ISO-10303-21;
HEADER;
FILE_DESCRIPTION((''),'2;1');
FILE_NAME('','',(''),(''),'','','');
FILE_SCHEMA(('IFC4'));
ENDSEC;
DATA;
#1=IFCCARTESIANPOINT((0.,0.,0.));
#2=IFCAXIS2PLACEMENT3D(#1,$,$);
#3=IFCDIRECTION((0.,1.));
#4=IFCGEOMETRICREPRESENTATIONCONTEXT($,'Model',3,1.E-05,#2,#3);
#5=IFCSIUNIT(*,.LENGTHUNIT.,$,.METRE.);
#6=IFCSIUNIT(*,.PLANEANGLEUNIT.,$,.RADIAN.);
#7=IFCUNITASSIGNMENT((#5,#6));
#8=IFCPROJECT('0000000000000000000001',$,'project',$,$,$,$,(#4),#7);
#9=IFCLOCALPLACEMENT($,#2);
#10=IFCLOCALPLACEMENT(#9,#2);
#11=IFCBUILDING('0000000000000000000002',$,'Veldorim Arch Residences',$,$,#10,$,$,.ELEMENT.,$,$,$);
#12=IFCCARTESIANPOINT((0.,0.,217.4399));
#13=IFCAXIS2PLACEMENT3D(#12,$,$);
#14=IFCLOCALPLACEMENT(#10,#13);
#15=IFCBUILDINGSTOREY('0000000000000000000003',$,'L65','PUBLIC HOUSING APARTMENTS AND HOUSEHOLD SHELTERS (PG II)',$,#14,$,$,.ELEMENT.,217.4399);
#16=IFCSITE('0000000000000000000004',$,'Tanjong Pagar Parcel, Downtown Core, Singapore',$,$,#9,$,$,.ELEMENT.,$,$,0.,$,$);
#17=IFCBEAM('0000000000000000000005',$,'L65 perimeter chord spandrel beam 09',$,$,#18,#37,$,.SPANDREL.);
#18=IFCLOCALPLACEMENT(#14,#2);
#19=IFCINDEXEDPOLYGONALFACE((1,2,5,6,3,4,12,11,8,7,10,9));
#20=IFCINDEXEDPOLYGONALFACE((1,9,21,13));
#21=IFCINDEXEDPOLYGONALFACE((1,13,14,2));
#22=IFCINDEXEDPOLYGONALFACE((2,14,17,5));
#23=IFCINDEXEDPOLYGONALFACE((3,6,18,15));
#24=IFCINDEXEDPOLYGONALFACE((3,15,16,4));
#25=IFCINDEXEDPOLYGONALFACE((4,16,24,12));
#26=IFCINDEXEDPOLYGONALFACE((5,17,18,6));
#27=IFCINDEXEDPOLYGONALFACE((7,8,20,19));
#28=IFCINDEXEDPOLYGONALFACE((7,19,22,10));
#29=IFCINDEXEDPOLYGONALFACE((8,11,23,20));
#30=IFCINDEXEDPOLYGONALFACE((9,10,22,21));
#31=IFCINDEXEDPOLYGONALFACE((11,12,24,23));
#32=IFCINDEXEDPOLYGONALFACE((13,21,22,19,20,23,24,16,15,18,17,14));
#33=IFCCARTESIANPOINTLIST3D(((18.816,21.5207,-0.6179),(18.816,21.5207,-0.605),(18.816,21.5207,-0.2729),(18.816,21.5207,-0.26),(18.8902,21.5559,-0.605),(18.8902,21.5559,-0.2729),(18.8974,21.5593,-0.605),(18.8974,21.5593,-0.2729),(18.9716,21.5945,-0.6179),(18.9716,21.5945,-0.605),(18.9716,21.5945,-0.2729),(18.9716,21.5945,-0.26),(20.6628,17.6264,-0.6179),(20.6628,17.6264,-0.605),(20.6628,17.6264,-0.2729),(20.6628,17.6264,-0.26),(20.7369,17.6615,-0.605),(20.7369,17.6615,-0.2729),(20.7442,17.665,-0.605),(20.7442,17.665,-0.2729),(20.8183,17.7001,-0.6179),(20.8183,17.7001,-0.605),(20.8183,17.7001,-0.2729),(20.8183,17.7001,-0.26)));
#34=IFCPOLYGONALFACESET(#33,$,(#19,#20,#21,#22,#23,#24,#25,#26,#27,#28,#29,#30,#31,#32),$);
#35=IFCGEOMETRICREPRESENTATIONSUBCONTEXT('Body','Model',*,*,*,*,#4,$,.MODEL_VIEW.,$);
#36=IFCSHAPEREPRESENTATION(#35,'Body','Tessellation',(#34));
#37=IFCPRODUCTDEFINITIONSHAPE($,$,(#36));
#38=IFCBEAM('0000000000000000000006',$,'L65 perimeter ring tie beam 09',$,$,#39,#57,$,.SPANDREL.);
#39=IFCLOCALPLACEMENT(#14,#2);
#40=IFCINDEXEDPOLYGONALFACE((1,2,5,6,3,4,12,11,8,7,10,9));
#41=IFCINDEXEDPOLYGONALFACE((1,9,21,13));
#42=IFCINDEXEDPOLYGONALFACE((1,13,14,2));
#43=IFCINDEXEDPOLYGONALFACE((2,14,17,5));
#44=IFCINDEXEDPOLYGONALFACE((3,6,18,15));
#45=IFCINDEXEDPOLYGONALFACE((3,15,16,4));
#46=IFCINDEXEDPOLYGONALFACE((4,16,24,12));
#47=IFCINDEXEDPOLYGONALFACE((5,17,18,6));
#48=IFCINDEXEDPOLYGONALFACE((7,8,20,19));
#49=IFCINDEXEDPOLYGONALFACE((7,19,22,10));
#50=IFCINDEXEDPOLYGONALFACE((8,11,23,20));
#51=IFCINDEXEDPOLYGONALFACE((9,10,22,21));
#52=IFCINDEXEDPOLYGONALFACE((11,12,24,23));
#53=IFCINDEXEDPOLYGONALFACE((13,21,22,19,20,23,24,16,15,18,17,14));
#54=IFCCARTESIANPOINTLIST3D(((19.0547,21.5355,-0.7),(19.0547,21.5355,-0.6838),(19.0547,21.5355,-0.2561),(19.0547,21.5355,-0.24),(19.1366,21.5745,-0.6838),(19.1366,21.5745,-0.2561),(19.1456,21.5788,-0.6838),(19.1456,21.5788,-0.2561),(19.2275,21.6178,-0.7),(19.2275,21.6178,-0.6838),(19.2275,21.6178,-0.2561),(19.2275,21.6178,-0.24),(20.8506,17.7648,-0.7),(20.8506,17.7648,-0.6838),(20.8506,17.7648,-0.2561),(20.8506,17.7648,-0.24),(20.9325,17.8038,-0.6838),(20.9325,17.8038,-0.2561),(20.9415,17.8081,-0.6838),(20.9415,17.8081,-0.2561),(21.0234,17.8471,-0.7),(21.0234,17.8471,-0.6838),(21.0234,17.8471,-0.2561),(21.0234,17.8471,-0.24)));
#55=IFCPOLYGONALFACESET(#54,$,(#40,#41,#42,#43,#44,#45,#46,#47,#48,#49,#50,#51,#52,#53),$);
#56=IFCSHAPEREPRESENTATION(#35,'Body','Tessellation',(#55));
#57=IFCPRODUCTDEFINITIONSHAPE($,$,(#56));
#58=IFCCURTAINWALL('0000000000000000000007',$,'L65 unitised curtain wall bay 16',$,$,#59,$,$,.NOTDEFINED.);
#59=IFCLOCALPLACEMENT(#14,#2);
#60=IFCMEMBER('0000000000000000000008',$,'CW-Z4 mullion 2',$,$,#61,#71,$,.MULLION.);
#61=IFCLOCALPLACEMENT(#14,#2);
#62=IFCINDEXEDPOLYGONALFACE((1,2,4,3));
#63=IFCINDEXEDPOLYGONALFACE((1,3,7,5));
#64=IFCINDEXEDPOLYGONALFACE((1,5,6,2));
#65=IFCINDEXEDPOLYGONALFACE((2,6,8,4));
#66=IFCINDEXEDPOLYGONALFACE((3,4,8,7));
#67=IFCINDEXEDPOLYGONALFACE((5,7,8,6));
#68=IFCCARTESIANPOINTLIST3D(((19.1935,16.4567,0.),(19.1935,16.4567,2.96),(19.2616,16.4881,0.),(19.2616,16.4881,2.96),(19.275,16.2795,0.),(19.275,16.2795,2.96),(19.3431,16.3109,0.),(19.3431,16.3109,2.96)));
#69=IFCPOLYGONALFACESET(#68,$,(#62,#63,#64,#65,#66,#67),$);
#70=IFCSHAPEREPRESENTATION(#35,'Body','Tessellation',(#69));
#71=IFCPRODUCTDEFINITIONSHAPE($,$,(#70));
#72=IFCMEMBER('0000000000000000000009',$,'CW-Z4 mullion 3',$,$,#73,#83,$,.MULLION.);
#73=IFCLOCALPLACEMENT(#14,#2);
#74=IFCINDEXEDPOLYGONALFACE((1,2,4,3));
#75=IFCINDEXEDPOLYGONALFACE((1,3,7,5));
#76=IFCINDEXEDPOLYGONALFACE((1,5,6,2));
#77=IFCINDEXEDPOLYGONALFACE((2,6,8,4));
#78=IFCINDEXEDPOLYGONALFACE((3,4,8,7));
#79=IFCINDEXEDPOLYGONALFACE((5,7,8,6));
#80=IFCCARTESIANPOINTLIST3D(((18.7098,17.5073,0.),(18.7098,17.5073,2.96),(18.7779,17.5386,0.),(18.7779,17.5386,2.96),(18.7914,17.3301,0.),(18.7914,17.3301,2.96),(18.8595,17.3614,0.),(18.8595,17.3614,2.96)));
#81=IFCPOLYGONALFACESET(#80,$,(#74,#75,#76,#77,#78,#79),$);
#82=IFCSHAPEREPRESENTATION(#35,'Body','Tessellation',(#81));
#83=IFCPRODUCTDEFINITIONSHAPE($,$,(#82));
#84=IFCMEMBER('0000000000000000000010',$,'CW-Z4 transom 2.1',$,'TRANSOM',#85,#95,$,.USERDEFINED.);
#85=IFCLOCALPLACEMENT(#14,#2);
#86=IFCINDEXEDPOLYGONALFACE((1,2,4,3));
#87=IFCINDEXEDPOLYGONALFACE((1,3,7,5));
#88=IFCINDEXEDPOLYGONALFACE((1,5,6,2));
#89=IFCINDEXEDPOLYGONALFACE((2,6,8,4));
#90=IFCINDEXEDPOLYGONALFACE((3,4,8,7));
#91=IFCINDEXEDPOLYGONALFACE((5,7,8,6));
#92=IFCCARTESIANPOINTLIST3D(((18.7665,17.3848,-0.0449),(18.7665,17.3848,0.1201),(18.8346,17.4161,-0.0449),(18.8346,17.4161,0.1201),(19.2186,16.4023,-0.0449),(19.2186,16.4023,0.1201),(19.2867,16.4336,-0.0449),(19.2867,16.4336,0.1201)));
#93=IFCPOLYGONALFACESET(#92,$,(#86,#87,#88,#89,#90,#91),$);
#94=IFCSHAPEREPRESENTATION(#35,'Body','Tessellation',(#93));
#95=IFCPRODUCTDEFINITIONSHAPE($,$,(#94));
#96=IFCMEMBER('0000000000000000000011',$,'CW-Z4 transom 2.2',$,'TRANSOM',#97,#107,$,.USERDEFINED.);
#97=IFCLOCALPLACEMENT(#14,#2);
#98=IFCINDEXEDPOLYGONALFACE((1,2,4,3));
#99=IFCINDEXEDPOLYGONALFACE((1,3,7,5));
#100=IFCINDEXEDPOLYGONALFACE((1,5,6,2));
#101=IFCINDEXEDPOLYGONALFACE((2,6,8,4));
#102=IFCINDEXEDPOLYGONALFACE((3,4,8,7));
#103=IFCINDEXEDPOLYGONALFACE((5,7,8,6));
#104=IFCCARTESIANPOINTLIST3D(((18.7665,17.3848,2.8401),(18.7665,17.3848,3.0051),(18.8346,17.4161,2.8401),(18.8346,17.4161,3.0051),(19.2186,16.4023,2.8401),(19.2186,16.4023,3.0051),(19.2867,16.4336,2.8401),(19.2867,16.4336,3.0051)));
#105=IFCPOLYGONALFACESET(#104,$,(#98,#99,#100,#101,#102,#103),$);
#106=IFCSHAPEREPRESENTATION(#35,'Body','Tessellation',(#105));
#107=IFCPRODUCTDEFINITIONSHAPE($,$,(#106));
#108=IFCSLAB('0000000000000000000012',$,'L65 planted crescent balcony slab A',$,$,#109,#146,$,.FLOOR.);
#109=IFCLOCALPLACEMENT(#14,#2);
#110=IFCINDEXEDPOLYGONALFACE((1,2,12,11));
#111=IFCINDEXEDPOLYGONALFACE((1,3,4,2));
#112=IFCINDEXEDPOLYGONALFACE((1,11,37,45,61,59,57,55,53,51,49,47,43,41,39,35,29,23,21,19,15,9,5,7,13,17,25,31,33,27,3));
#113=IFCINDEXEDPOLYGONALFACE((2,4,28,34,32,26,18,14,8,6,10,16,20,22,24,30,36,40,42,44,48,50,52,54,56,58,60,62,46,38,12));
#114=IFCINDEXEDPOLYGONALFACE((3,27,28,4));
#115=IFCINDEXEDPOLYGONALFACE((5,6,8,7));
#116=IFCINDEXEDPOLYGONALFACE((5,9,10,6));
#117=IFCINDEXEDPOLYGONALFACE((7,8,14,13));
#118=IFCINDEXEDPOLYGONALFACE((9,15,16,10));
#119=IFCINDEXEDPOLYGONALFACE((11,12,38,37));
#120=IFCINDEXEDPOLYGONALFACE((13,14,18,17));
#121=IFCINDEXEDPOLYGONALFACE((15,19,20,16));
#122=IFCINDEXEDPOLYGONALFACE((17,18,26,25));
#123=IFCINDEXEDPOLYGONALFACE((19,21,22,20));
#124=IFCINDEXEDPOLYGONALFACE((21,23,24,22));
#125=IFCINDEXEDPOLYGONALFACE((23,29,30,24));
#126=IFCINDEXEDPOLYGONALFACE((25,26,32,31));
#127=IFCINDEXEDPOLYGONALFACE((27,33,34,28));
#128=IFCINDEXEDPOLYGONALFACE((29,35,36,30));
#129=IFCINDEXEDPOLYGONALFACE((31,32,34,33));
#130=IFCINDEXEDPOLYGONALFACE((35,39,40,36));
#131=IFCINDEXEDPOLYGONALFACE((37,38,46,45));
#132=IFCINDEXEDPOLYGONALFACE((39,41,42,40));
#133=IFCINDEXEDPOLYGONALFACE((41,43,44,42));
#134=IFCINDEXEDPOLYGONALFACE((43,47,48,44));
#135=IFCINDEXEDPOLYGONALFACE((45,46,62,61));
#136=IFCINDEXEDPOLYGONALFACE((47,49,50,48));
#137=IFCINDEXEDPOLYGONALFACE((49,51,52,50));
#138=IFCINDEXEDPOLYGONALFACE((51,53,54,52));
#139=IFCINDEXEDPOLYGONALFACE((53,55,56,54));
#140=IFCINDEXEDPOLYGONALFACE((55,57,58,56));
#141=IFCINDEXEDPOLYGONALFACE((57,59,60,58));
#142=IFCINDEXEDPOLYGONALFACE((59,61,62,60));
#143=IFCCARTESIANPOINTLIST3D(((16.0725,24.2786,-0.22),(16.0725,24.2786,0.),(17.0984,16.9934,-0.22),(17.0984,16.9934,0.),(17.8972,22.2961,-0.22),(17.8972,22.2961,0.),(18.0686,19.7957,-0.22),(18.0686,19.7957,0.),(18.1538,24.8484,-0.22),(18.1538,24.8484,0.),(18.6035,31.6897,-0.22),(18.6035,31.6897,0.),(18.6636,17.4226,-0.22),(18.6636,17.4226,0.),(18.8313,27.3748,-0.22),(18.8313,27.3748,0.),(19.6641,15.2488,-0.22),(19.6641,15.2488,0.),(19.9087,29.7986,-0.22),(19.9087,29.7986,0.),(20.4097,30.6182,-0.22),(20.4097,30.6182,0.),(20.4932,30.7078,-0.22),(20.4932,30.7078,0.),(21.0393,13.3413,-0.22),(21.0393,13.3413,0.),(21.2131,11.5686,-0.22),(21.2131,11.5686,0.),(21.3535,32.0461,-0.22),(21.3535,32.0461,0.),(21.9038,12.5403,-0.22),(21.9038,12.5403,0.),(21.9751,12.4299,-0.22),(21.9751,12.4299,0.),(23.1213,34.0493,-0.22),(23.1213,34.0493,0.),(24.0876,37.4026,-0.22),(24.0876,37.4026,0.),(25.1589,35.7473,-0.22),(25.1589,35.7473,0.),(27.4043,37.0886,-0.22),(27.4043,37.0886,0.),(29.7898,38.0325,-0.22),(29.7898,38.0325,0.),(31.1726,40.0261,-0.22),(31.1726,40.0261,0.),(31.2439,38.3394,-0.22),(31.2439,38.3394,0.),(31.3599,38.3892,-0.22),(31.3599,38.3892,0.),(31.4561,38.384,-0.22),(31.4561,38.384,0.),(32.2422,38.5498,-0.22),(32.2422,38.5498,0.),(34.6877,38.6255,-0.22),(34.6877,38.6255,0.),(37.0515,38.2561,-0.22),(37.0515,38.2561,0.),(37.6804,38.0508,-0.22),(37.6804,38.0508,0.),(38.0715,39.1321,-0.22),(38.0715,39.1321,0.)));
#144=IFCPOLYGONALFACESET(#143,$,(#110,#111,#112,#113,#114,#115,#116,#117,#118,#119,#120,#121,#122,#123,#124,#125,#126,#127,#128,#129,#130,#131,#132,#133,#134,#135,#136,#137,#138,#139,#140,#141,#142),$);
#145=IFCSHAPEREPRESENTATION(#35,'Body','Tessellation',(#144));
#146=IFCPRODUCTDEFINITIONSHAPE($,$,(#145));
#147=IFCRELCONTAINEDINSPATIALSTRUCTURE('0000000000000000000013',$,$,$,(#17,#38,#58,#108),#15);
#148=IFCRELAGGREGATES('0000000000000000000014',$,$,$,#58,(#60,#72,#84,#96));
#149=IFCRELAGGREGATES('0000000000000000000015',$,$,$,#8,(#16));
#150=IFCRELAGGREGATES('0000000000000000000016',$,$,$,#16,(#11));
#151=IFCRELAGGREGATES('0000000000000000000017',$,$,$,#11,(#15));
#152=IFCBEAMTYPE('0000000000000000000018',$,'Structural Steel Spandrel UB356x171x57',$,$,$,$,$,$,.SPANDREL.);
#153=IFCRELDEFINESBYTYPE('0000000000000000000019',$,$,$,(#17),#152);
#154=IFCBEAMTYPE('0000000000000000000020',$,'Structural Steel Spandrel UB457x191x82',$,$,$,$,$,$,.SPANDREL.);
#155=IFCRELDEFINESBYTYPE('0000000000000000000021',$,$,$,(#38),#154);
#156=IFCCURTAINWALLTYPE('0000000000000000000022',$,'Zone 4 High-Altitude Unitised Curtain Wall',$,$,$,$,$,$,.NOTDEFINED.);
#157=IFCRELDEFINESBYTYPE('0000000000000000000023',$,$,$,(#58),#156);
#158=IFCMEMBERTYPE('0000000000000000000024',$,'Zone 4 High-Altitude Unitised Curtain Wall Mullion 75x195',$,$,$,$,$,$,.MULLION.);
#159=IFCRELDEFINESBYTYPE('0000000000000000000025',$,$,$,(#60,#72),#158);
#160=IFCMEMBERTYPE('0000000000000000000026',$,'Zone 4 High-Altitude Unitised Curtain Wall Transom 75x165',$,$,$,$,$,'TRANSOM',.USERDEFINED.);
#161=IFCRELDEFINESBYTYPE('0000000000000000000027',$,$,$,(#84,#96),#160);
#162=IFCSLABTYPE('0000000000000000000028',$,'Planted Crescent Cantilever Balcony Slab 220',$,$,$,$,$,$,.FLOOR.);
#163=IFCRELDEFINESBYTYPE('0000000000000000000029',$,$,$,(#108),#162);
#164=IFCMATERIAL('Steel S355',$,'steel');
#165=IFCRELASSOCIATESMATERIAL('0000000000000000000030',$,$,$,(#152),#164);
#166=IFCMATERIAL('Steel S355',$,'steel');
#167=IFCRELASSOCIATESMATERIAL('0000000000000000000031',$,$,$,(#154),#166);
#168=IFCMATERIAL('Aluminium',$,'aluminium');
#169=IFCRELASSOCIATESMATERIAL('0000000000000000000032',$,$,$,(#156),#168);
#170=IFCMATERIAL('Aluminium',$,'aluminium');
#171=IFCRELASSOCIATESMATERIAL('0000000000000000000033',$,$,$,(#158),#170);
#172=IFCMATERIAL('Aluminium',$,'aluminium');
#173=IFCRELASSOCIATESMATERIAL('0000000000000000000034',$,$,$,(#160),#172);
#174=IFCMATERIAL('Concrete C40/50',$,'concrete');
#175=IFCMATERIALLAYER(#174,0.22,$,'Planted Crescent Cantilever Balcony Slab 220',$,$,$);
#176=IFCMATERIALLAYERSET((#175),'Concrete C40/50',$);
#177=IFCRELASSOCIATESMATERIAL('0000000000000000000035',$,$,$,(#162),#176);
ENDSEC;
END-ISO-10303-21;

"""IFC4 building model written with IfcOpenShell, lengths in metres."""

from ifc_helpers import new_model, si_unit, direction, frame, origin, origin_2d, place, context, subcontext, project, spatial, polyline, rectangle, i_section, outline, extrude, material, layer, layer_set, material_profile, profile_set, type_object, element, aggregate, save


model = new_model("IFC4")

# Units and contexts
model_context = context("Model", 3, precision=1e-05, world=origin(), true_north=direction((0.0, 1.0)))
body_context = subcontext(model_context, "Body", "Model", "MODEL_VIEW")
ifc_project = project(units=[si_unit("LENGTHUNIT", "METRE"), si_unit("PLANEANGLEUNIT", "RADIAN")], contexts=[model_context])

# Site, building, storey
site_placement = place(None, origin())
site = spatial("IfcSite", under=ifc_project, at=site_placement, Name="Tanjong Pagar Parcel, Downtown Core, Singapore", CompositionType="ELEMENT", RefElevation=0.0)
building_placement = place(site_placement, origin())
building = spatial("IfcBuilding", under=site, at=building_placement, Name="Veldorim Arch Residences", CompositionType="ELEMENT")
storey_placement = place(building_placement, frame((0.0, 0.0, 217.4399)))
storey = spatial("IfcBuildingStorey", under=building, at=storey_placement, Name="L65", Description="PUBLIC HOUSING APARTMENTS AND HOUSEHOLD SHELTERS (PG II)", CompositionType="ELEMENT", Elevation=217.4399)

# Beams
ifc_material_1 = material(Name="Steel S355", Category="steel")
ifc_material_profile_1 = material_profile(ifc_material_1, i_section(OverallWidth=0.1721, OverallDepth=0.3579, WebThickness=0.0081, FlangeThickness=0.0129, at=origin_2d()), Name="UB356x171x57")
ifc_profile_set_1 = profile_set([ifc_material_profile_1], Name="Steel S355")
beam_type_1 = type_object("IfcBeamType", Name="Structural Steel Spandrel UB356x171x57", PredefinedType="SPANDREL", material=ifc_profile_set_1)
beam_1_placement = place(storey_placement, frame((18.8938, 21.5576, -0.439), z_axis=(0.428469, -0.903557, 0.0), x_axis=(0.903557, 0.428469, 0.0)))
element("IfcBeam", 1, at=beam_1_placement, inside=storey, type_object=beam_type_1, Name="L65 perimeter chord spandrel beam 09", PredefinedType="SPANDREL", context=body_context, shape_type="SweptSolid", body=[
    extrude(i_section(OverallWidth=0.1721, OverallDepth=0.3579, WebThickness=0.0081, FlangeThickness=0.0129, at=origin_2d()), origin(), (0.0, 0.0, 1.0), 4.3101),
])
ifc_material_2 = material(Name="Steel S355", Category="steel")
ifc_material_profile_2 = material_profile(ifc_material_2, i_section(OverallWidth=0.1914, OverallDepth=0.46, WebThickness=0.01, FlangeThickness=0.0161, at=origin_2d()), Name="UB457x191x82")
ifc_profile_set_2 = profile_set([ifc_material_profile_2], Name="Steel S355")
beam_type_2 = type_object("IfcBeamType", Name="Structural Steel Spandrel UB457x191x82", PredefinedType="SPANDREL", material=ifc_profile_set_2)
beam_2_placement = place(storey_placement, frame((19.1411, 21.5767, -0.47), z_axis=(0.429993, -0.902832, 0.0), x_axis=(0.902832, 0.429993, 0.0)))
element("IfcBeam", 2, at=beam_2_placement, inside=storey, type_object=beam_type_2, Name="L65 perimeter ring tie beam 09", PredefinedType="SPANDREL", context=body_context, shape_type="SweptSolid", body=[
    extrude(i_section(OverallWidth=0.1914, OverallDepth=0.46, WebThickness=0.01, FlangeThickness=0.0161, at=origin_2d()), origin(), (0.0, 0.0, 1.0), 4.1765),
])

# Curtain wall, members
ifc_material_3 = material(Name="Aluminium", Category="aluminium")
curtain_wall_type = type_object("IfcCurtainWallType", Name="Zone 4 High-Altitude Unitised Curtain Wall", PredefinedType="NOTDEFINED", material=ifc_material_3)
curtain_wall_placement = place(storey_placement, origin())
curtain_wall = element("IfcCurtainWall", 3, at=curtain_wall_placement, inside=storey, type_object=curtain_wall_type, Name="L65 unitised curtain wall bay 16", PredefinedType="NOTDEFINED")
ifc_material_4 = material(Name="Aluminium", Category="aluminium")
ifc_material_profile_3 = material_profile(ifc_material_4, rectangle(XDim=0.075, YDim=0.1951, at=origin_2d()), Name="ALU_MUL_75x195")
ifc_profile_set_3 = profile_set([ifc_material_profile_3], Name="Aluminium")
member_type_1 = type_object("IfcMemberType", Name="Zone 4 High-Altitude Unitised Curtain Wall Mullion 75x195", PredefinedType="MULLION", material=ifc_profile_set_3)
member_1_placement = place(storey_placement, frame((19.2683, 16.3838, 0.0), z_axis=(0.0, 0.0, 1.0), x_axis=(-0.9084, -0.418102, 0.0)))
member_1 = element("IfcMember", 4, at=member_1_placement, type_object=member_type_1, Name="CW-Z4 mullion 2", PredefinedType="MULLION", context=body_context, shape_type="SweptSolid", body=[
    extrude(rectangle(XDim=0.075, YDim=0.1951, at=origin_2d()), origin(), (0.0, 0.0, 1.0), 2.96),
])
member_2_placement = place(storey_placement, frame((18.7847, 17.4343, 0.0), z_axis=(0.0, 0.0, 1.0), x_axis=(-0.9084, -0.418102, 0.0)))
member_2 = element("IfcMember", 5, at=member_2_placement, type_object=member_type_1, Name="CW-Z4 mullion 3", PredefinedType="MULLION", context=body_context, shape_type="SweptSolid", body=[
    extrude(rectangle(XDim=0.075, YDim=0.1951, at=origin_2d()), origin(), (0.0, 0.0, 1.0), 2.96),
])
ifc_material_5 = material(Name="Aluminium", Category="aluminium")
ifc_material_profile_4 = material_profile(ifc_material_5, rectangle(XDim=0.075, YDim=0.165, at=origin_2d()), Name="ALU_TRN_75x165")
ifc_profile_set_4 = profile_set([ifc_material_profile_4], Name="Aluminium")
member_type_2 = type_object("IfcMemberType", Name="Zone 4 High-Altitude Unitised Curtain Wall Transom 75x165", ElementType="TRANSOM", PredefinedType="USERDEFINED", material=ifc_profile_set_4)
member_3_placement = place(storey_placement, frame((19.2527, 16.418, 0.0376), z_axis=(-0.418084, 0.908408, 0.0), x_axis=(-0.908408, -0.418084, 0.0)))
member_3 = element("IfcMember", 6, at=member_3_placement, type_object=member_type_2, Name="CW-Z4 transom 2.1", ObjectType="TRANSOM", PredefinedType="USERDEFINED", context=body_context, shape_type="SweptSolid", body=[
    extrude(rectangle(XDim=0.075, YDim=0.165, at=origin_2d()), origin(), (0.0, 0.0, 1.0), 1.0815),
])
member_4_placement = place(storey_placement, frame((19.2527, 16.418, 2.9226), z_axis=(-0.418084, 0.908408, 0.0), x_axis=(-0.908408, -0.418084, 0.0)))
member_4 = element("IfcMember", 7, at=member_4_placement, type_object=member_type_2, Name="CW-Z4 transom 2.2", ObjectType="TRANSOM", PredefinedType="USERDEFINED", context=body_context, shape_type="SweptSolid", body=[
    extrude(rectangle(XDim=0.075, YDim=0.165, at=origin_2d()), origin(), (0.0, 0.0, 1.0), 1.0815),
])

# Slab
ifc_material_6 = material(Name="Concrete C40/50", Category="concrete")
ifc_layer_1 = layer(ifc_material_6, 0.22, Name="Planted Crescent Cantilever Balcony Slab 220")
ifc_layer_set_1 = layer_set([ifc_layer_1], Name="Concrete C40/50")
slab_type_1 = type_object("IfcSlabType", Name="Planted Crescent Cantilever Balcony Slab 220", PredefinedType="FLOOR", material=ifc_layer_set_1)
slab_1_placement = place(storey_placement, frame((0.0, 0.0, -0.22)))
element("IfcSlab", 8, at=slab_1_placement, inside=storey, type_object=slab_type_1, Name="L65 planted crescent balcony slab A", PredefinedType="FLOOR", context=body_context, shape_type="SweptSolid", body=[
    extrude(outline(polyline([(37.6804, 38.0508), (37.0515, 38.2561), (34.6877, 38.6255), (32.2422, 38.5498), (31.4561, 38.384), (31.3599, 38.3892), (31.2439, 38.3394), (29.7898, 38.0325), (27.4043, 37.0886), (25.1589, 35.7473), (23.1213, 34.0493), (21.3535, 32.0461), (20.4932, 30.7078), (20.4097, 30.6182), (19.9087, 29.7986), (18.8313, 27.3748), (18.1538, 24.8484), (17.8972, 22.2961), (18.0686, 19.7957), (18.6636, 17.4226), (19.6641, 15.2488), (21.0393, 13.3413), (21.9038, 12.5403), (21.9751, 12.4299), (21.2131, 11.5686), (17.0984, 16.9934), (16.0725, 24.2786), (18.6035, 31.6897), (24.0876, 37.4026), (31.1726, 40.0261), (38.0715, 39.1321), (37.6804, 38.0508)])), origin(), (0.0, 0.0, 1.0), 0.22),
])

aggregate(curtain_wall, [member_1, member_2, member_3, member_4])

save(model, "model.ifc")
